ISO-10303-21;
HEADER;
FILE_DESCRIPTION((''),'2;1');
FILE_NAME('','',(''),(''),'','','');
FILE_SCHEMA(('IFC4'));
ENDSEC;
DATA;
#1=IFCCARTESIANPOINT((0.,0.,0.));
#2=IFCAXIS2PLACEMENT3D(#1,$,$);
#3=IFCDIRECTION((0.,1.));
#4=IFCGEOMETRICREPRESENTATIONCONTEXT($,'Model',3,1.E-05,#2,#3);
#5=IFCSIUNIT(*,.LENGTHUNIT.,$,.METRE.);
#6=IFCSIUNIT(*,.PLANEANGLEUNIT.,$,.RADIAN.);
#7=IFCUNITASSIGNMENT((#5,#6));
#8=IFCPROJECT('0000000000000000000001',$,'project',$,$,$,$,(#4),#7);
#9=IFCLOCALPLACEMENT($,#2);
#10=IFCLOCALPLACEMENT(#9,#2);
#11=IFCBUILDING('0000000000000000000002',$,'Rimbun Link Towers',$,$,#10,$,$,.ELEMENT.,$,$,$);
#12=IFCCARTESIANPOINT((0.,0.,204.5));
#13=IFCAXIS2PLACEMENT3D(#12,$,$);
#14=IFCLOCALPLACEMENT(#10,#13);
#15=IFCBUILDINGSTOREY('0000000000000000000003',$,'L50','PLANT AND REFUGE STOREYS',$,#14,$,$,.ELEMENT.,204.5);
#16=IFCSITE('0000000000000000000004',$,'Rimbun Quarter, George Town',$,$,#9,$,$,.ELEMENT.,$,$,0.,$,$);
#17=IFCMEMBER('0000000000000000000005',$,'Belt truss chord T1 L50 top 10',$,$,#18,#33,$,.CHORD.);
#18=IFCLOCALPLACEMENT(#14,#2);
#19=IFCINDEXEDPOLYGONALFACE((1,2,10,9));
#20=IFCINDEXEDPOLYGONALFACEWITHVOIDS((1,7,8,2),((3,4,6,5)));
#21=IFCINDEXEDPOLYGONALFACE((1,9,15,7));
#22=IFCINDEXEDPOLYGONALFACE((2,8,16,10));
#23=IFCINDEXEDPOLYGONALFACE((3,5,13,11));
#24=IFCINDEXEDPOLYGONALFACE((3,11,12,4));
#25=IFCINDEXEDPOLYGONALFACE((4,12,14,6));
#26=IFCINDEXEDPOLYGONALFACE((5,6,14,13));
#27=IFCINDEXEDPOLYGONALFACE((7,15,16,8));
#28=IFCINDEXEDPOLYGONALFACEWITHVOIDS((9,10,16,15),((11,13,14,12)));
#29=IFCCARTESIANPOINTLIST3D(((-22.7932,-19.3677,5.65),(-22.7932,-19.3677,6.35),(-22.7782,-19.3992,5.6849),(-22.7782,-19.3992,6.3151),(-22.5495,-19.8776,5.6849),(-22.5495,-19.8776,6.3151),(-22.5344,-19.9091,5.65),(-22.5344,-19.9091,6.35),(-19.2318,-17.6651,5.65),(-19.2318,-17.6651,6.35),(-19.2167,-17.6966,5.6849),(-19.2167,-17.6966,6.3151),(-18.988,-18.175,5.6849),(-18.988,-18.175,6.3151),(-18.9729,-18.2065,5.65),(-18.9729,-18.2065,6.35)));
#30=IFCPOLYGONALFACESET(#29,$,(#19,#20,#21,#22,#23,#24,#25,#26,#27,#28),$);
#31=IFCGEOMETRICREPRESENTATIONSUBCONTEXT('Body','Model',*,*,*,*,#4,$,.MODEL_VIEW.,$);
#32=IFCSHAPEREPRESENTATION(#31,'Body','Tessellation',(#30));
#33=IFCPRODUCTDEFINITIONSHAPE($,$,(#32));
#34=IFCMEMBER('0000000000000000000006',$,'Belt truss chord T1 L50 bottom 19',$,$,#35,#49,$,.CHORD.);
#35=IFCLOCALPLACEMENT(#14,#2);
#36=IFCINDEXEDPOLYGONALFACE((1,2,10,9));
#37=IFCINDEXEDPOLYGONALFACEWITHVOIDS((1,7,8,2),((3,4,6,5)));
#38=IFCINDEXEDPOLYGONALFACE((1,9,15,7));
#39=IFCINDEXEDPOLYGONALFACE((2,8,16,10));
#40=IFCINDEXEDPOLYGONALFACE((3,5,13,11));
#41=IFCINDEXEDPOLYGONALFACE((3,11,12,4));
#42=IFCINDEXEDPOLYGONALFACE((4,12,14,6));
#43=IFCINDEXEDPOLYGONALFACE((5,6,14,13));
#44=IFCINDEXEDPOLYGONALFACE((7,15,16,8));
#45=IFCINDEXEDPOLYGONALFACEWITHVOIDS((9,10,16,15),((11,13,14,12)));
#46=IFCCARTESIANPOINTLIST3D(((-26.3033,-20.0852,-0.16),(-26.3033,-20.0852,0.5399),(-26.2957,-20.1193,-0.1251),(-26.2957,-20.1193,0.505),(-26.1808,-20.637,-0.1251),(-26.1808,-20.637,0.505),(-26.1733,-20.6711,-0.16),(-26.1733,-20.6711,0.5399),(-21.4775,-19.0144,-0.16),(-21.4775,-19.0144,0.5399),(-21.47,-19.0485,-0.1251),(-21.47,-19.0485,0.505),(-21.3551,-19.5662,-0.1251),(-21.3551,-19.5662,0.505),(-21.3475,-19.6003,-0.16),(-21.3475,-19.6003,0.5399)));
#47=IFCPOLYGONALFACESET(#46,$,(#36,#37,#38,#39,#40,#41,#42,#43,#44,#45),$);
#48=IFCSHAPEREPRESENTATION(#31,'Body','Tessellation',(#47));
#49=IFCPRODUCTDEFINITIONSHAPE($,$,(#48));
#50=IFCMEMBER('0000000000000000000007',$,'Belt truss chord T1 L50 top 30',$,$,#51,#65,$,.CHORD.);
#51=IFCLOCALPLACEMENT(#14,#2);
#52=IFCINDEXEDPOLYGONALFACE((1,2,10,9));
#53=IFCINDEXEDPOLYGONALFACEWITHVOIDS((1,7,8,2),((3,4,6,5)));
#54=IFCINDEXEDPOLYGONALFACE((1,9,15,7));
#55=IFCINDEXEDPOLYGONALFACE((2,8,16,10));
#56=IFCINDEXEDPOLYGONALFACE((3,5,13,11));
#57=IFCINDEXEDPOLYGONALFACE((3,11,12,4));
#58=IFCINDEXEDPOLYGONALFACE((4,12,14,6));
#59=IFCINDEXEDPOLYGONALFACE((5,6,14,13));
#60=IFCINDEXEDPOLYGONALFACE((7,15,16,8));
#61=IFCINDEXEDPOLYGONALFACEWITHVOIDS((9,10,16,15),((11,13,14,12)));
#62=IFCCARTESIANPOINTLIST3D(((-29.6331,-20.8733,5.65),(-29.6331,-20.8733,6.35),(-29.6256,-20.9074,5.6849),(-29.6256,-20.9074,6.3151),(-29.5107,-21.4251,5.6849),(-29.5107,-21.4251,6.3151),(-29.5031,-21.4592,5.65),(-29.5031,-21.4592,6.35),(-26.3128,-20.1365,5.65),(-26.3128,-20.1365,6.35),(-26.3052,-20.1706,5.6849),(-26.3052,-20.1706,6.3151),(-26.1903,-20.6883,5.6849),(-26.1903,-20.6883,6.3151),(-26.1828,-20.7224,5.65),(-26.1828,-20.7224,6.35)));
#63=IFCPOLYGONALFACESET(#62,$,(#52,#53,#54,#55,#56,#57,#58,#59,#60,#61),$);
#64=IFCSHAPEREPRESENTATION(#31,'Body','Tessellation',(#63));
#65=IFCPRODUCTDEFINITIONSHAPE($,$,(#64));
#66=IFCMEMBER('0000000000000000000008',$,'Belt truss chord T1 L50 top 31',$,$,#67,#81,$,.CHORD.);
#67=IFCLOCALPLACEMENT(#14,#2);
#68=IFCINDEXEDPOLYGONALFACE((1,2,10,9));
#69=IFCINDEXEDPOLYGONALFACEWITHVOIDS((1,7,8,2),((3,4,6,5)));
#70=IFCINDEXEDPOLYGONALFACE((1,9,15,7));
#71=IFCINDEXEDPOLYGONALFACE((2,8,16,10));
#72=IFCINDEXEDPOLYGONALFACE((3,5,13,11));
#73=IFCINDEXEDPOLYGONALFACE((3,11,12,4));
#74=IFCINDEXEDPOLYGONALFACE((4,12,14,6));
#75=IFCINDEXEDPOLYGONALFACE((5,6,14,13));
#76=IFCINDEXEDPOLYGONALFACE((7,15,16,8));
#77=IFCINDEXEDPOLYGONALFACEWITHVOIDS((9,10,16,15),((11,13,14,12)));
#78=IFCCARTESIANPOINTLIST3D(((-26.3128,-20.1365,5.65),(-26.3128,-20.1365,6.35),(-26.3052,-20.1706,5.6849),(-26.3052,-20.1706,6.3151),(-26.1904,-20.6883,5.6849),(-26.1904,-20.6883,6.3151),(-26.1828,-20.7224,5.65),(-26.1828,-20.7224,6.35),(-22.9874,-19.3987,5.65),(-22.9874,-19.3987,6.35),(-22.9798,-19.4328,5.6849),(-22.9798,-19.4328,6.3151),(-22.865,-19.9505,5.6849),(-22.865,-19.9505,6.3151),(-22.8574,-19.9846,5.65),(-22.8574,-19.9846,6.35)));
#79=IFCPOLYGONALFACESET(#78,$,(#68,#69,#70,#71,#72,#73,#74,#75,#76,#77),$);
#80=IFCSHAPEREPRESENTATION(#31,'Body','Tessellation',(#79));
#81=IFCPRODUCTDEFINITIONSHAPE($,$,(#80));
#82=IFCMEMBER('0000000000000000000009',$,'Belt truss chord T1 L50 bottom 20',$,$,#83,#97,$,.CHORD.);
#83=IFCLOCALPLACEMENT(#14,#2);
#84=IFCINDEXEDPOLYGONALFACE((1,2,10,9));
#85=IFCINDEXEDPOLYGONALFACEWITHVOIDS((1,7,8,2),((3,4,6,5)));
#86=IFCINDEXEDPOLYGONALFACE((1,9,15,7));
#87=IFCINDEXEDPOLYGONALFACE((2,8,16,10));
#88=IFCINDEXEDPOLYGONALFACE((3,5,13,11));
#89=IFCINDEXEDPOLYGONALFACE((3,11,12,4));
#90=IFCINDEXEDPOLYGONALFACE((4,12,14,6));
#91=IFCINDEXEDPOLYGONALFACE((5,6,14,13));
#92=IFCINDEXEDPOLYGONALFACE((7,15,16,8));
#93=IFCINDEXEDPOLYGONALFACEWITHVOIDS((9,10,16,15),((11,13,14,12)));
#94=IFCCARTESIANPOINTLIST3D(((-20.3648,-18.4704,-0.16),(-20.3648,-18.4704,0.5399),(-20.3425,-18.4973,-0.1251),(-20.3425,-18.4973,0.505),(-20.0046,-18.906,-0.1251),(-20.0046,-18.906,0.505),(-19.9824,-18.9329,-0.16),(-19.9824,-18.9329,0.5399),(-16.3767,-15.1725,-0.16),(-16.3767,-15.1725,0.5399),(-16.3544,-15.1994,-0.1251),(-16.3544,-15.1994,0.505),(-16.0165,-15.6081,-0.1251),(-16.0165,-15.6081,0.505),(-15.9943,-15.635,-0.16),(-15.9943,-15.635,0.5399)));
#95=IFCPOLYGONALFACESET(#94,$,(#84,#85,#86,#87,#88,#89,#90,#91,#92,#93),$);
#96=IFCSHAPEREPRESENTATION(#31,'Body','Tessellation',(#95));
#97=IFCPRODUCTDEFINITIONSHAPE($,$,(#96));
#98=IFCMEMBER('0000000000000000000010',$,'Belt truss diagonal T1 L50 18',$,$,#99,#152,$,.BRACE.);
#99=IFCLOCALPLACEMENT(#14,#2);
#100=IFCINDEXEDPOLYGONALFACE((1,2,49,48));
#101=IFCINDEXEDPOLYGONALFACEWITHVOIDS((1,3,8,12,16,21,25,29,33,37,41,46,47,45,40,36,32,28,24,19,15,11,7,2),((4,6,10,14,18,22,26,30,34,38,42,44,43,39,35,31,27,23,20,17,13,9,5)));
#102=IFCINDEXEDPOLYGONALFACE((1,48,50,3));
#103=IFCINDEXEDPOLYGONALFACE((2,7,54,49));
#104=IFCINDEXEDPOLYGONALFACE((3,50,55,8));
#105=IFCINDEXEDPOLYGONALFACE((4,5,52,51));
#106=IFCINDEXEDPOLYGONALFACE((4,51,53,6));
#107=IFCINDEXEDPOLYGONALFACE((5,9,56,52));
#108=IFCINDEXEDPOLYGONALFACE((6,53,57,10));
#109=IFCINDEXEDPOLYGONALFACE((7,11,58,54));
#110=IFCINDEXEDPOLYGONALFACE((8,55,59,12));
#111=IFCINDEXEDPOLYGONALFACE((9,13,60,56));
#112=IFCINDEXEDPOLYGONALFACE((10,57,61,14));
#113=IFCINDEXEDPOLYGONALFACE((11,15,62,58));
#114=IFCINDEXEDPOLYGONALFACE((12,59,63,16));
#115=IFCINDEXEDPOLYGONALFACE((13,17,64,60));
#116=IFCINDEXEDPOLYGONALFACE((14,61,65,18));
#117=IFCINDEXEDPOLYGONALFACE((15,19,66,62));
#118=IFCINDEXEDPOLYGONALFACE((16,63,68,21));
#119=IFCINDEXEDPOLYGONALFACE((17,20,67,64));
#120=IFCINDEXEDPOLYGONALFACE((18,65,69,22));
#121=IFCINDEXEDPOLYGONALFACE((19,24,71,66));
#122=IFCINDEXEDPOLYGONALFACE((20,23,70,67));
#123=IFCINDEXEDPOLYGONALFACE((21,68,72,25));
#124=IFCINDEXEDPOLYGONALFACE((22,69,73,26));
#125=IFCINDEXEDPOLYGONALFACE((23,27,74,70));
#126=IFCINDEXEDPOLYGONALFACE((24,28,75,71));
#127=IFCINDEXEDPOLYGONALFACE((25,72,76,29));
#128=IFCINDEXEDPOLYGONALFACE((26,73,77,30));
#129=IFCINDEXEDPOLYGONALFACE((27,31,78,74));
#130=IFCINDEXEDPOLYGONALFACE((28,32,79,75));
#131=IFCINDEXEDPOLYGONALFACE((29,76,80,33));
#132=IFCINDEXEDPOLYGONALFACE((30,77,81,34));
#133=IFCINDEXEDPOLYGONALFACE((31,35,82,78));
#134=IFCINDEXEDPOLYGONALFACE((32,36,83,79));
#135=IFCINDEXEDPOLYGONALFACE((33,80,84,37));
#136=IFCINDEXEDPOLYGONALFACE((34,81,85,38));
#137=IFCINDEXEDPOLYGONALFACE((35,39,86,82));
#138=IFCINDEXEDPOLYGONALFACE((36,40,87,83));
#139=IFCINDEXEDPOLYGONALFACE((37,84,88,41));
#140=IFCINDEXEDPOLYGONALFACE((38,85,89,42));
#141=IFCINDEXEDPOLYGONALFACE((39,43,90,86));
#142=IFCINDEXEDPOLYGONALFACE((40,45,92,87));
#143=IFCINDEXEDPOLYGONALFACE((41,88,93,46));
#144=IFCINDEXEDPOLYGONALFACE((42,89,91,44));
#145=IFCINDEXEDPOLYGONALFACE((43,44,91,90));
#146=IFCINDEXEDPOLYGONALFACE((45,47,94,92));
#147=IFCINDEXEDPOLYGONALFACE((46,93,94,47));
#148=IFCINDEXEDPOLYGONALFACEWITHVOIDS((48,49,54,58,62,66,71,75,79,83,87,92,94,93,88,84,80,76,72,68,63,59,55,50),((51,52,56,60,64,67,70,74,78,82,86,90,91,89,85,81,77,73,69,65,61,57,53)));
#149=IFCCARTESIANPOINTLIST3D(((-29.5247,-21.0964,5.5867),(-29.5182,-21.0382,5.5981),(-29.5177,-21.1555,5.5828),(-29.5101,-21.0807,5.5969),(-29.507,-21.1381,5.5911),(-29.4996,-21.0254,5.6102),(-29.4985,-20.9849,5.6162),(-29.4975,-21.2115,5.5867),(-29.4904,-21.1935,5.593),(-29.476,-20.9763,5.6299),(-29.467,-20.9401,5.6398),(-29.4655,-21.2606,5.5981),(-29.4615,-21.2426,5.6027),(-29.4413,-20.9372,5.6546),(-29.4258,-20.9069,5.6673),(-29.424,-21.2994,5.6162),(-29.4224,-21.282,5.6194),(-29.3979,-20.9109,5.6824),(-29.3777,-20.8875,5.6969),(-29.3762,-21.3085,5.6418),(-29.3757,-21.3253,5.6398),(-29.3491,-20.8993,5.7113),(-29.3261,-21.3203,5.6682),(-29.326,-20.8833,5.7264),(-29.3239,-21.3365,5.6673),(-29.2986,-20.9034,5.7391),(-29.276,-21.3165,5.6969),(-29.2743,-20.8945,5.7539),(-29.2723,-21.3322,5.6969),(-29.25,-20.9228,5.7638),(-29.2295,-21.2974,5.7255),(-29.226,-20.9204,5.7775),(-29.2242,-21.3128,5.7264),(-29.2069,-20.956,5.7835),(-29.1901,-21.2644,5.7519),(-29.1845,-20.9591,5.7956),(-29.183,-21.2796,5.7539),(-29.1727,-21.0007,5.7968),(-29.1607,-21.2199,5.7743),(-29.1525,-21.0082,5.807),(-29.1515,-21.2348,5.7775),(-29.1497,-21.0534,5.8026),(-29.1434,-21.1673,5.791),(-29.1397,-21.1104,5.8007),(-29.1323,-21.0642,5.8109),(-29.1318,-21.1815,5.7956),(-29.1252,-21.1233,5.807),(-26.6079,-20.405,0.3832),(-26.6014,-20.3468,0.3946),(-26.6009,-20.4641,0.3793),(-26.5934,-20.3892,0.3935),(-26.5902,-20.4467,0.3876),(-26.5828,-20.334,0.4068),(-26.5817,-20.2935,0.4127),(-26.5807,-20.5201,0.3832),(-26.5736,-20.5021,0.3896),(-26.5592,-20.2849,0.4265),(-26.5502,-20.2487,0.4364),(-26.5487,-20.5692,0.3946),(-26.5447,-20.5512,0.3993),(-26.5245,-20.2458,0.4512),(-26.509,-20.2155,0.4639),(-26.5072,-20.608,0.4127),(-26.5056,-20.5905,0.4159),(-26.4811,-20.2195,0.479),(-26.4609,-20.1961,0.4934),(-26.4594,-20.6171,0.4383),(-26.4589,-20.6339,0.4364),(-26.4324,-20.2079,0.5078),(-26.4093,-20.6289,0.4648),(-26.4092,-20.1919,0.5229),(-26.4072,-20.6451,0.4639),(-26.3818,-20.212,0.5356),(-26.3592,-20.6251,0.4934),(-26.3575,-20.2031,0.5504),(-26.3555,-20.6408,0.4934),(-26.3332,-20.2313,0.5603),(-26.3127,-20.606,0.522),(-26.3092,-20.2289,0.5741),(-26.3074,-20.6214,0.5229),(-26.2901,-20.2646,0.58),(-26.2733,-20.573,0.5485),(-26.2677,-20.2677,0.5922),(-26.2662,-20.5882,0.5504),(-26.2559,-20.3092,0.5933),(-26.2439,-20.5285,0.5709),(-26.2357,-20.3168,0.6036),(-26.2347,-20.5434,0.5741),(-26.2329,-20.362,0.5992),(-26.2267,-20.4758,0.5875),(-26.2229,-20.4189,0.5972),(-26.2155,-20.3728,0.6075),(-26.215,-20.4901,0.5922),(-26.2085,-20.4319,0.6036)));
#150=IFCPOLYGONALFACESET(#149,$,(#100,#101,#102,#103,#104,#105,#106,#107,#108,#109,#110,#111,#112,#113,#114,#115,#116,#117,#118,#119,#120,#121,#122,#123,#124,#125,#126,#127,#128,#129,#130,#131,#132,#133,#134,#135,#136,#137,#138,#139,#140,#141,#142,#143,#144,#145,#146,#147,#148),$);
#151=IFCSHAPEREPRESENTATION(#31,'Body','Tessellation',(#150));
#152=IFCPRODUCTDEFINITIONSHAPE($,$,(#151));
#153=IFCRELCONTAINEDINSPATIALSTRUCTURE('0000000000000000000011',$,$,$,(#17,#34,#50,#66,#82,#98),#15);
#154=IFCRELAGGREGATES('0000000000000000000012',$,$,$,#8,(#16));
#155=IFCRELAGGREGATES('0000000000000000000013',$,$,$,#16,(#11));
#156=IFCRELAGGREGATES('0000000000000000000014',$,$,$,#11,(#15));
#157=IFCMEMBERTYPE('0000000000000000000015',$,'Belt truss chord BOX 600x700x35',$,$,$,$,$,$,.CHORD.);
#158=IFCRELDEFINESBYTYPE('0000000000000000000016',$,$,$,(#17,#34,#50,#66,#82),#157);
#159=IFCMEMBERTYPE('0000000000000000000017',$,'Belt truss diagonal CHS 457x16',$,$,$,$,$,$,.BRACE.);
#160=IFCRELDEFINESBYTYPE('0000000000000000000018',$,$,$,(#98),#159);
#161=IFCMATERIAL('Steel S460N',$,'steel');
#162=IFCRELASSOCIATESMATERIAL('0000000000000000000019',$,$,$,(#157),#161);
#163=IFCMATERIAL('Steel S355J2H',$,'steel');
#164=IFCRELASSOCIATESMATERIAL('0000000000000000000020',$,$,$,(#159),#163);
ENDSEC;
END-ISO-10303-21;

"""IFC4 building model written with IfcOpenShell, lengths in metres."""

from ifc_helpers import new_model, si_unit, direction, frame, origin, origin_2d, place, context, subcontext, project, spatial, hollow_rectangle, hollow_circle, extrude, material, material_profile, profile_set, type_object, element, save


model = new_model("IFC4")

# Units and contexts
model_context = context("Model", 3, precision=1e-05, world=origin(), true_north=direction((0.0, 1.0)))
body_context = subcontext(model_context, "Body", "Model", "MODEL_VIEW")
ifc_project = project(units=[si_unit("LENGTHUNIT", "METRE"), si_unit("PLANEANGLEUNIT", "RADIAN")], contexts=[model_context])

# Site, building, storey
site_placement = place(None, origin())
site = spatial("IfcSite", under=ifc_project, at=site_placement, Name="Rimbun Quarter, George Town", CompositionType="ELEMENT", RefElevation=0.0)
building_placement = place(site_placement, origin())
building = spatial("IfcBuilding", under=site, at=building_placement, Name="Rimbun Link Towers", CompositionType="ELEMENT")
storey_placement = place(building_placement, frame((0.0, 0.0, 204.5)))
storey = spatial("IfcBuildingStorey", under=building, at=storey_placement, Name="L50", Description="PLANT AND REFUGE STOREYS", CompositionType="ELEMENT", Elevation=204.5)

# Members
ifc_material_1 = material(Name="Steel S460N", Category="steel")
ifc_material_profile_1 = material_profile(ifc_material_1, hollow_rectangle(XDim=0.6001, YDim=0.7, WallThickness=0.0349, at=origin_2d()), Name="Belt truss chord BOX 600x700x35")
ifc_profile_set_1 = profile_set([ifc_material_profile_1], Name="Steel S460N")
member_type_1 = type_object("IfcMemberType", Name="Belt truss chord BOX 600x700x35", PredefinedType="CHORD", material=ifc_profile_set_1)
member_1_placement = place(storey_placement, frame((-22.6638, -19.6384, 6.0), z_axis=(0.902203, 0.431311, 0.0), x_axis=(-0.431311, 0.902203, 0.0)))
element("IfcMember", 1, at=member_1_placement, inside=storey, type_object=member_type_1, Name="Belt truss chord T1 L50 top 10", PredefinedType="CHORD", context=body_context, shape_type="SweptSolid", body=[
    extrude(hollow_rectangle(XDim=0.6001, YDim=0.7, WallThickness=0.0349, at=origin_2d()), origin(), (0.0, 0.0, 1.0), 3.9475),
])
member_2_placement = place(storey_placement, frame((-26.2383, -20.3782, 0.1899), z_axis=(0.976254, 0.216627, 0.0), x_axis=(-0.216627, 0.976254, 0.0)))
element("IfcMember", 2, at=member_2_placement, inside=storey, type_object=member_type_1, Name="Belt truss chord T1 L50 bottom 19", PredefinedType="CHORD", context=body_context, shape_type="SweptSolid", body=[
    extrude(hollow_rectangle(XDim=0.6001, YDim=0.7, WallThickness=0.0349, at=origin_2d()), origin(), (0.0, 0.0, 1.0), 4.9431),
])
member_3_placement = place(storey_placement, frame((-29.5681, -21.1663, 6.0), z_axis=(0.976251, 0.216642, 0.0), x_axis=(-0.216642, 0.976251, 0.0)))
element("IfcMember", 3, at=member_3_placement, inside=storey, type_object=member_type_1, Name="Belt truss chord T1 L50 top 30", PredefinedType="CHORD", context=body_context, shape_type="SweptSolid", body=[
    extrude(hollow_rectangle(XDim=0.6001, YDim=0.7, WallThickness=0.0349, at=origin_2d()), origin(), (0.0, 0.0, 1.0), 3.4011),
])
member_4_placement = place(storey_placement, frame((-26.2478, -20.4294, 6.0), z_axis=(0.976261, 0.216597, 0.0), x_axis=(-0.216597, 0.976261, 0.0)))
element("IfcMember", 4, at=member_4_placement, inside=storey, type_object=member_type_1, Name="Belt truss chord T1 L50 top 31", PredefinedType="CHORD", context=body_context, shape_type="SweptSolid", body=[
    extrude(hollow_rectangle(XDim=0.6001, YDim=0.7, WallThickness=0.0349, at=origin_2d()), origin(), (0.0, 0.0, 1.0), 3.4062),
])
member_5_placement = place(storey_placement, frame((-20.1736, -18.7017, 0.1899), z_axis=(0.77064, 0.63727, 0.0), x_axis=(-0.63727, 0.77064, 0.0)))
element("IfcMember", 5, at=member_5_placement, inside=storey, type_object=member_type_1, Name="Belt truss chord T1 L50 bottom 20", PredefinedType="CHORD", context=body_context, shape_type="SweptSolid", body=[
    extrude(hollow_rectangle(XDim=0.6001, YDim=0.7, WallThickness=0.0349, at=origin_2d()), origin(), (0.0, 0.0, 1.0), 5.175),
])
ifc_material_2 = material(Name="Steel S355J2H", Category="steel")
ifc_material_profile_2 = material_profile(ifc_material_2, hollow_circle(Radius=0.2285, WallThickness=0.0161, at=origin_2d()), Name="Belt truss diagonal CHS 457x16")
ifc_profile_set_2 = profile_set([ifc_material_profile_2], Name="Steel S355J2H")
member_type_2 = type_object("IfcMemberType", Name="Belt truss diagonal CHS 457x16", PredefinedType="BRACE", material=ifc_profile_set_2)
member_6_placement = place(storey_placement, frame((-26.4082, -20.4185, 0.4934), z_axis=(-0.485717, -0.115138, 0.8665), x_axis=(0.230655, -0.973036, 0.0)))
element("IfcMember", 6, at=member_6_placement, inside=storey, type_object=member_type_2, Name="Belt truss diagonal T1 L50 18", PredefinedType="BRACE", context=body_context, shape_type="SweptSolid", body=[
    extrude(hollow_circle(Radius=0.2285, WallThickness=0.0161, at=origin_2d()), origin(), (0.0, 0.0, 1.0), 6.0051),
])

save(model, "model.ifc")
